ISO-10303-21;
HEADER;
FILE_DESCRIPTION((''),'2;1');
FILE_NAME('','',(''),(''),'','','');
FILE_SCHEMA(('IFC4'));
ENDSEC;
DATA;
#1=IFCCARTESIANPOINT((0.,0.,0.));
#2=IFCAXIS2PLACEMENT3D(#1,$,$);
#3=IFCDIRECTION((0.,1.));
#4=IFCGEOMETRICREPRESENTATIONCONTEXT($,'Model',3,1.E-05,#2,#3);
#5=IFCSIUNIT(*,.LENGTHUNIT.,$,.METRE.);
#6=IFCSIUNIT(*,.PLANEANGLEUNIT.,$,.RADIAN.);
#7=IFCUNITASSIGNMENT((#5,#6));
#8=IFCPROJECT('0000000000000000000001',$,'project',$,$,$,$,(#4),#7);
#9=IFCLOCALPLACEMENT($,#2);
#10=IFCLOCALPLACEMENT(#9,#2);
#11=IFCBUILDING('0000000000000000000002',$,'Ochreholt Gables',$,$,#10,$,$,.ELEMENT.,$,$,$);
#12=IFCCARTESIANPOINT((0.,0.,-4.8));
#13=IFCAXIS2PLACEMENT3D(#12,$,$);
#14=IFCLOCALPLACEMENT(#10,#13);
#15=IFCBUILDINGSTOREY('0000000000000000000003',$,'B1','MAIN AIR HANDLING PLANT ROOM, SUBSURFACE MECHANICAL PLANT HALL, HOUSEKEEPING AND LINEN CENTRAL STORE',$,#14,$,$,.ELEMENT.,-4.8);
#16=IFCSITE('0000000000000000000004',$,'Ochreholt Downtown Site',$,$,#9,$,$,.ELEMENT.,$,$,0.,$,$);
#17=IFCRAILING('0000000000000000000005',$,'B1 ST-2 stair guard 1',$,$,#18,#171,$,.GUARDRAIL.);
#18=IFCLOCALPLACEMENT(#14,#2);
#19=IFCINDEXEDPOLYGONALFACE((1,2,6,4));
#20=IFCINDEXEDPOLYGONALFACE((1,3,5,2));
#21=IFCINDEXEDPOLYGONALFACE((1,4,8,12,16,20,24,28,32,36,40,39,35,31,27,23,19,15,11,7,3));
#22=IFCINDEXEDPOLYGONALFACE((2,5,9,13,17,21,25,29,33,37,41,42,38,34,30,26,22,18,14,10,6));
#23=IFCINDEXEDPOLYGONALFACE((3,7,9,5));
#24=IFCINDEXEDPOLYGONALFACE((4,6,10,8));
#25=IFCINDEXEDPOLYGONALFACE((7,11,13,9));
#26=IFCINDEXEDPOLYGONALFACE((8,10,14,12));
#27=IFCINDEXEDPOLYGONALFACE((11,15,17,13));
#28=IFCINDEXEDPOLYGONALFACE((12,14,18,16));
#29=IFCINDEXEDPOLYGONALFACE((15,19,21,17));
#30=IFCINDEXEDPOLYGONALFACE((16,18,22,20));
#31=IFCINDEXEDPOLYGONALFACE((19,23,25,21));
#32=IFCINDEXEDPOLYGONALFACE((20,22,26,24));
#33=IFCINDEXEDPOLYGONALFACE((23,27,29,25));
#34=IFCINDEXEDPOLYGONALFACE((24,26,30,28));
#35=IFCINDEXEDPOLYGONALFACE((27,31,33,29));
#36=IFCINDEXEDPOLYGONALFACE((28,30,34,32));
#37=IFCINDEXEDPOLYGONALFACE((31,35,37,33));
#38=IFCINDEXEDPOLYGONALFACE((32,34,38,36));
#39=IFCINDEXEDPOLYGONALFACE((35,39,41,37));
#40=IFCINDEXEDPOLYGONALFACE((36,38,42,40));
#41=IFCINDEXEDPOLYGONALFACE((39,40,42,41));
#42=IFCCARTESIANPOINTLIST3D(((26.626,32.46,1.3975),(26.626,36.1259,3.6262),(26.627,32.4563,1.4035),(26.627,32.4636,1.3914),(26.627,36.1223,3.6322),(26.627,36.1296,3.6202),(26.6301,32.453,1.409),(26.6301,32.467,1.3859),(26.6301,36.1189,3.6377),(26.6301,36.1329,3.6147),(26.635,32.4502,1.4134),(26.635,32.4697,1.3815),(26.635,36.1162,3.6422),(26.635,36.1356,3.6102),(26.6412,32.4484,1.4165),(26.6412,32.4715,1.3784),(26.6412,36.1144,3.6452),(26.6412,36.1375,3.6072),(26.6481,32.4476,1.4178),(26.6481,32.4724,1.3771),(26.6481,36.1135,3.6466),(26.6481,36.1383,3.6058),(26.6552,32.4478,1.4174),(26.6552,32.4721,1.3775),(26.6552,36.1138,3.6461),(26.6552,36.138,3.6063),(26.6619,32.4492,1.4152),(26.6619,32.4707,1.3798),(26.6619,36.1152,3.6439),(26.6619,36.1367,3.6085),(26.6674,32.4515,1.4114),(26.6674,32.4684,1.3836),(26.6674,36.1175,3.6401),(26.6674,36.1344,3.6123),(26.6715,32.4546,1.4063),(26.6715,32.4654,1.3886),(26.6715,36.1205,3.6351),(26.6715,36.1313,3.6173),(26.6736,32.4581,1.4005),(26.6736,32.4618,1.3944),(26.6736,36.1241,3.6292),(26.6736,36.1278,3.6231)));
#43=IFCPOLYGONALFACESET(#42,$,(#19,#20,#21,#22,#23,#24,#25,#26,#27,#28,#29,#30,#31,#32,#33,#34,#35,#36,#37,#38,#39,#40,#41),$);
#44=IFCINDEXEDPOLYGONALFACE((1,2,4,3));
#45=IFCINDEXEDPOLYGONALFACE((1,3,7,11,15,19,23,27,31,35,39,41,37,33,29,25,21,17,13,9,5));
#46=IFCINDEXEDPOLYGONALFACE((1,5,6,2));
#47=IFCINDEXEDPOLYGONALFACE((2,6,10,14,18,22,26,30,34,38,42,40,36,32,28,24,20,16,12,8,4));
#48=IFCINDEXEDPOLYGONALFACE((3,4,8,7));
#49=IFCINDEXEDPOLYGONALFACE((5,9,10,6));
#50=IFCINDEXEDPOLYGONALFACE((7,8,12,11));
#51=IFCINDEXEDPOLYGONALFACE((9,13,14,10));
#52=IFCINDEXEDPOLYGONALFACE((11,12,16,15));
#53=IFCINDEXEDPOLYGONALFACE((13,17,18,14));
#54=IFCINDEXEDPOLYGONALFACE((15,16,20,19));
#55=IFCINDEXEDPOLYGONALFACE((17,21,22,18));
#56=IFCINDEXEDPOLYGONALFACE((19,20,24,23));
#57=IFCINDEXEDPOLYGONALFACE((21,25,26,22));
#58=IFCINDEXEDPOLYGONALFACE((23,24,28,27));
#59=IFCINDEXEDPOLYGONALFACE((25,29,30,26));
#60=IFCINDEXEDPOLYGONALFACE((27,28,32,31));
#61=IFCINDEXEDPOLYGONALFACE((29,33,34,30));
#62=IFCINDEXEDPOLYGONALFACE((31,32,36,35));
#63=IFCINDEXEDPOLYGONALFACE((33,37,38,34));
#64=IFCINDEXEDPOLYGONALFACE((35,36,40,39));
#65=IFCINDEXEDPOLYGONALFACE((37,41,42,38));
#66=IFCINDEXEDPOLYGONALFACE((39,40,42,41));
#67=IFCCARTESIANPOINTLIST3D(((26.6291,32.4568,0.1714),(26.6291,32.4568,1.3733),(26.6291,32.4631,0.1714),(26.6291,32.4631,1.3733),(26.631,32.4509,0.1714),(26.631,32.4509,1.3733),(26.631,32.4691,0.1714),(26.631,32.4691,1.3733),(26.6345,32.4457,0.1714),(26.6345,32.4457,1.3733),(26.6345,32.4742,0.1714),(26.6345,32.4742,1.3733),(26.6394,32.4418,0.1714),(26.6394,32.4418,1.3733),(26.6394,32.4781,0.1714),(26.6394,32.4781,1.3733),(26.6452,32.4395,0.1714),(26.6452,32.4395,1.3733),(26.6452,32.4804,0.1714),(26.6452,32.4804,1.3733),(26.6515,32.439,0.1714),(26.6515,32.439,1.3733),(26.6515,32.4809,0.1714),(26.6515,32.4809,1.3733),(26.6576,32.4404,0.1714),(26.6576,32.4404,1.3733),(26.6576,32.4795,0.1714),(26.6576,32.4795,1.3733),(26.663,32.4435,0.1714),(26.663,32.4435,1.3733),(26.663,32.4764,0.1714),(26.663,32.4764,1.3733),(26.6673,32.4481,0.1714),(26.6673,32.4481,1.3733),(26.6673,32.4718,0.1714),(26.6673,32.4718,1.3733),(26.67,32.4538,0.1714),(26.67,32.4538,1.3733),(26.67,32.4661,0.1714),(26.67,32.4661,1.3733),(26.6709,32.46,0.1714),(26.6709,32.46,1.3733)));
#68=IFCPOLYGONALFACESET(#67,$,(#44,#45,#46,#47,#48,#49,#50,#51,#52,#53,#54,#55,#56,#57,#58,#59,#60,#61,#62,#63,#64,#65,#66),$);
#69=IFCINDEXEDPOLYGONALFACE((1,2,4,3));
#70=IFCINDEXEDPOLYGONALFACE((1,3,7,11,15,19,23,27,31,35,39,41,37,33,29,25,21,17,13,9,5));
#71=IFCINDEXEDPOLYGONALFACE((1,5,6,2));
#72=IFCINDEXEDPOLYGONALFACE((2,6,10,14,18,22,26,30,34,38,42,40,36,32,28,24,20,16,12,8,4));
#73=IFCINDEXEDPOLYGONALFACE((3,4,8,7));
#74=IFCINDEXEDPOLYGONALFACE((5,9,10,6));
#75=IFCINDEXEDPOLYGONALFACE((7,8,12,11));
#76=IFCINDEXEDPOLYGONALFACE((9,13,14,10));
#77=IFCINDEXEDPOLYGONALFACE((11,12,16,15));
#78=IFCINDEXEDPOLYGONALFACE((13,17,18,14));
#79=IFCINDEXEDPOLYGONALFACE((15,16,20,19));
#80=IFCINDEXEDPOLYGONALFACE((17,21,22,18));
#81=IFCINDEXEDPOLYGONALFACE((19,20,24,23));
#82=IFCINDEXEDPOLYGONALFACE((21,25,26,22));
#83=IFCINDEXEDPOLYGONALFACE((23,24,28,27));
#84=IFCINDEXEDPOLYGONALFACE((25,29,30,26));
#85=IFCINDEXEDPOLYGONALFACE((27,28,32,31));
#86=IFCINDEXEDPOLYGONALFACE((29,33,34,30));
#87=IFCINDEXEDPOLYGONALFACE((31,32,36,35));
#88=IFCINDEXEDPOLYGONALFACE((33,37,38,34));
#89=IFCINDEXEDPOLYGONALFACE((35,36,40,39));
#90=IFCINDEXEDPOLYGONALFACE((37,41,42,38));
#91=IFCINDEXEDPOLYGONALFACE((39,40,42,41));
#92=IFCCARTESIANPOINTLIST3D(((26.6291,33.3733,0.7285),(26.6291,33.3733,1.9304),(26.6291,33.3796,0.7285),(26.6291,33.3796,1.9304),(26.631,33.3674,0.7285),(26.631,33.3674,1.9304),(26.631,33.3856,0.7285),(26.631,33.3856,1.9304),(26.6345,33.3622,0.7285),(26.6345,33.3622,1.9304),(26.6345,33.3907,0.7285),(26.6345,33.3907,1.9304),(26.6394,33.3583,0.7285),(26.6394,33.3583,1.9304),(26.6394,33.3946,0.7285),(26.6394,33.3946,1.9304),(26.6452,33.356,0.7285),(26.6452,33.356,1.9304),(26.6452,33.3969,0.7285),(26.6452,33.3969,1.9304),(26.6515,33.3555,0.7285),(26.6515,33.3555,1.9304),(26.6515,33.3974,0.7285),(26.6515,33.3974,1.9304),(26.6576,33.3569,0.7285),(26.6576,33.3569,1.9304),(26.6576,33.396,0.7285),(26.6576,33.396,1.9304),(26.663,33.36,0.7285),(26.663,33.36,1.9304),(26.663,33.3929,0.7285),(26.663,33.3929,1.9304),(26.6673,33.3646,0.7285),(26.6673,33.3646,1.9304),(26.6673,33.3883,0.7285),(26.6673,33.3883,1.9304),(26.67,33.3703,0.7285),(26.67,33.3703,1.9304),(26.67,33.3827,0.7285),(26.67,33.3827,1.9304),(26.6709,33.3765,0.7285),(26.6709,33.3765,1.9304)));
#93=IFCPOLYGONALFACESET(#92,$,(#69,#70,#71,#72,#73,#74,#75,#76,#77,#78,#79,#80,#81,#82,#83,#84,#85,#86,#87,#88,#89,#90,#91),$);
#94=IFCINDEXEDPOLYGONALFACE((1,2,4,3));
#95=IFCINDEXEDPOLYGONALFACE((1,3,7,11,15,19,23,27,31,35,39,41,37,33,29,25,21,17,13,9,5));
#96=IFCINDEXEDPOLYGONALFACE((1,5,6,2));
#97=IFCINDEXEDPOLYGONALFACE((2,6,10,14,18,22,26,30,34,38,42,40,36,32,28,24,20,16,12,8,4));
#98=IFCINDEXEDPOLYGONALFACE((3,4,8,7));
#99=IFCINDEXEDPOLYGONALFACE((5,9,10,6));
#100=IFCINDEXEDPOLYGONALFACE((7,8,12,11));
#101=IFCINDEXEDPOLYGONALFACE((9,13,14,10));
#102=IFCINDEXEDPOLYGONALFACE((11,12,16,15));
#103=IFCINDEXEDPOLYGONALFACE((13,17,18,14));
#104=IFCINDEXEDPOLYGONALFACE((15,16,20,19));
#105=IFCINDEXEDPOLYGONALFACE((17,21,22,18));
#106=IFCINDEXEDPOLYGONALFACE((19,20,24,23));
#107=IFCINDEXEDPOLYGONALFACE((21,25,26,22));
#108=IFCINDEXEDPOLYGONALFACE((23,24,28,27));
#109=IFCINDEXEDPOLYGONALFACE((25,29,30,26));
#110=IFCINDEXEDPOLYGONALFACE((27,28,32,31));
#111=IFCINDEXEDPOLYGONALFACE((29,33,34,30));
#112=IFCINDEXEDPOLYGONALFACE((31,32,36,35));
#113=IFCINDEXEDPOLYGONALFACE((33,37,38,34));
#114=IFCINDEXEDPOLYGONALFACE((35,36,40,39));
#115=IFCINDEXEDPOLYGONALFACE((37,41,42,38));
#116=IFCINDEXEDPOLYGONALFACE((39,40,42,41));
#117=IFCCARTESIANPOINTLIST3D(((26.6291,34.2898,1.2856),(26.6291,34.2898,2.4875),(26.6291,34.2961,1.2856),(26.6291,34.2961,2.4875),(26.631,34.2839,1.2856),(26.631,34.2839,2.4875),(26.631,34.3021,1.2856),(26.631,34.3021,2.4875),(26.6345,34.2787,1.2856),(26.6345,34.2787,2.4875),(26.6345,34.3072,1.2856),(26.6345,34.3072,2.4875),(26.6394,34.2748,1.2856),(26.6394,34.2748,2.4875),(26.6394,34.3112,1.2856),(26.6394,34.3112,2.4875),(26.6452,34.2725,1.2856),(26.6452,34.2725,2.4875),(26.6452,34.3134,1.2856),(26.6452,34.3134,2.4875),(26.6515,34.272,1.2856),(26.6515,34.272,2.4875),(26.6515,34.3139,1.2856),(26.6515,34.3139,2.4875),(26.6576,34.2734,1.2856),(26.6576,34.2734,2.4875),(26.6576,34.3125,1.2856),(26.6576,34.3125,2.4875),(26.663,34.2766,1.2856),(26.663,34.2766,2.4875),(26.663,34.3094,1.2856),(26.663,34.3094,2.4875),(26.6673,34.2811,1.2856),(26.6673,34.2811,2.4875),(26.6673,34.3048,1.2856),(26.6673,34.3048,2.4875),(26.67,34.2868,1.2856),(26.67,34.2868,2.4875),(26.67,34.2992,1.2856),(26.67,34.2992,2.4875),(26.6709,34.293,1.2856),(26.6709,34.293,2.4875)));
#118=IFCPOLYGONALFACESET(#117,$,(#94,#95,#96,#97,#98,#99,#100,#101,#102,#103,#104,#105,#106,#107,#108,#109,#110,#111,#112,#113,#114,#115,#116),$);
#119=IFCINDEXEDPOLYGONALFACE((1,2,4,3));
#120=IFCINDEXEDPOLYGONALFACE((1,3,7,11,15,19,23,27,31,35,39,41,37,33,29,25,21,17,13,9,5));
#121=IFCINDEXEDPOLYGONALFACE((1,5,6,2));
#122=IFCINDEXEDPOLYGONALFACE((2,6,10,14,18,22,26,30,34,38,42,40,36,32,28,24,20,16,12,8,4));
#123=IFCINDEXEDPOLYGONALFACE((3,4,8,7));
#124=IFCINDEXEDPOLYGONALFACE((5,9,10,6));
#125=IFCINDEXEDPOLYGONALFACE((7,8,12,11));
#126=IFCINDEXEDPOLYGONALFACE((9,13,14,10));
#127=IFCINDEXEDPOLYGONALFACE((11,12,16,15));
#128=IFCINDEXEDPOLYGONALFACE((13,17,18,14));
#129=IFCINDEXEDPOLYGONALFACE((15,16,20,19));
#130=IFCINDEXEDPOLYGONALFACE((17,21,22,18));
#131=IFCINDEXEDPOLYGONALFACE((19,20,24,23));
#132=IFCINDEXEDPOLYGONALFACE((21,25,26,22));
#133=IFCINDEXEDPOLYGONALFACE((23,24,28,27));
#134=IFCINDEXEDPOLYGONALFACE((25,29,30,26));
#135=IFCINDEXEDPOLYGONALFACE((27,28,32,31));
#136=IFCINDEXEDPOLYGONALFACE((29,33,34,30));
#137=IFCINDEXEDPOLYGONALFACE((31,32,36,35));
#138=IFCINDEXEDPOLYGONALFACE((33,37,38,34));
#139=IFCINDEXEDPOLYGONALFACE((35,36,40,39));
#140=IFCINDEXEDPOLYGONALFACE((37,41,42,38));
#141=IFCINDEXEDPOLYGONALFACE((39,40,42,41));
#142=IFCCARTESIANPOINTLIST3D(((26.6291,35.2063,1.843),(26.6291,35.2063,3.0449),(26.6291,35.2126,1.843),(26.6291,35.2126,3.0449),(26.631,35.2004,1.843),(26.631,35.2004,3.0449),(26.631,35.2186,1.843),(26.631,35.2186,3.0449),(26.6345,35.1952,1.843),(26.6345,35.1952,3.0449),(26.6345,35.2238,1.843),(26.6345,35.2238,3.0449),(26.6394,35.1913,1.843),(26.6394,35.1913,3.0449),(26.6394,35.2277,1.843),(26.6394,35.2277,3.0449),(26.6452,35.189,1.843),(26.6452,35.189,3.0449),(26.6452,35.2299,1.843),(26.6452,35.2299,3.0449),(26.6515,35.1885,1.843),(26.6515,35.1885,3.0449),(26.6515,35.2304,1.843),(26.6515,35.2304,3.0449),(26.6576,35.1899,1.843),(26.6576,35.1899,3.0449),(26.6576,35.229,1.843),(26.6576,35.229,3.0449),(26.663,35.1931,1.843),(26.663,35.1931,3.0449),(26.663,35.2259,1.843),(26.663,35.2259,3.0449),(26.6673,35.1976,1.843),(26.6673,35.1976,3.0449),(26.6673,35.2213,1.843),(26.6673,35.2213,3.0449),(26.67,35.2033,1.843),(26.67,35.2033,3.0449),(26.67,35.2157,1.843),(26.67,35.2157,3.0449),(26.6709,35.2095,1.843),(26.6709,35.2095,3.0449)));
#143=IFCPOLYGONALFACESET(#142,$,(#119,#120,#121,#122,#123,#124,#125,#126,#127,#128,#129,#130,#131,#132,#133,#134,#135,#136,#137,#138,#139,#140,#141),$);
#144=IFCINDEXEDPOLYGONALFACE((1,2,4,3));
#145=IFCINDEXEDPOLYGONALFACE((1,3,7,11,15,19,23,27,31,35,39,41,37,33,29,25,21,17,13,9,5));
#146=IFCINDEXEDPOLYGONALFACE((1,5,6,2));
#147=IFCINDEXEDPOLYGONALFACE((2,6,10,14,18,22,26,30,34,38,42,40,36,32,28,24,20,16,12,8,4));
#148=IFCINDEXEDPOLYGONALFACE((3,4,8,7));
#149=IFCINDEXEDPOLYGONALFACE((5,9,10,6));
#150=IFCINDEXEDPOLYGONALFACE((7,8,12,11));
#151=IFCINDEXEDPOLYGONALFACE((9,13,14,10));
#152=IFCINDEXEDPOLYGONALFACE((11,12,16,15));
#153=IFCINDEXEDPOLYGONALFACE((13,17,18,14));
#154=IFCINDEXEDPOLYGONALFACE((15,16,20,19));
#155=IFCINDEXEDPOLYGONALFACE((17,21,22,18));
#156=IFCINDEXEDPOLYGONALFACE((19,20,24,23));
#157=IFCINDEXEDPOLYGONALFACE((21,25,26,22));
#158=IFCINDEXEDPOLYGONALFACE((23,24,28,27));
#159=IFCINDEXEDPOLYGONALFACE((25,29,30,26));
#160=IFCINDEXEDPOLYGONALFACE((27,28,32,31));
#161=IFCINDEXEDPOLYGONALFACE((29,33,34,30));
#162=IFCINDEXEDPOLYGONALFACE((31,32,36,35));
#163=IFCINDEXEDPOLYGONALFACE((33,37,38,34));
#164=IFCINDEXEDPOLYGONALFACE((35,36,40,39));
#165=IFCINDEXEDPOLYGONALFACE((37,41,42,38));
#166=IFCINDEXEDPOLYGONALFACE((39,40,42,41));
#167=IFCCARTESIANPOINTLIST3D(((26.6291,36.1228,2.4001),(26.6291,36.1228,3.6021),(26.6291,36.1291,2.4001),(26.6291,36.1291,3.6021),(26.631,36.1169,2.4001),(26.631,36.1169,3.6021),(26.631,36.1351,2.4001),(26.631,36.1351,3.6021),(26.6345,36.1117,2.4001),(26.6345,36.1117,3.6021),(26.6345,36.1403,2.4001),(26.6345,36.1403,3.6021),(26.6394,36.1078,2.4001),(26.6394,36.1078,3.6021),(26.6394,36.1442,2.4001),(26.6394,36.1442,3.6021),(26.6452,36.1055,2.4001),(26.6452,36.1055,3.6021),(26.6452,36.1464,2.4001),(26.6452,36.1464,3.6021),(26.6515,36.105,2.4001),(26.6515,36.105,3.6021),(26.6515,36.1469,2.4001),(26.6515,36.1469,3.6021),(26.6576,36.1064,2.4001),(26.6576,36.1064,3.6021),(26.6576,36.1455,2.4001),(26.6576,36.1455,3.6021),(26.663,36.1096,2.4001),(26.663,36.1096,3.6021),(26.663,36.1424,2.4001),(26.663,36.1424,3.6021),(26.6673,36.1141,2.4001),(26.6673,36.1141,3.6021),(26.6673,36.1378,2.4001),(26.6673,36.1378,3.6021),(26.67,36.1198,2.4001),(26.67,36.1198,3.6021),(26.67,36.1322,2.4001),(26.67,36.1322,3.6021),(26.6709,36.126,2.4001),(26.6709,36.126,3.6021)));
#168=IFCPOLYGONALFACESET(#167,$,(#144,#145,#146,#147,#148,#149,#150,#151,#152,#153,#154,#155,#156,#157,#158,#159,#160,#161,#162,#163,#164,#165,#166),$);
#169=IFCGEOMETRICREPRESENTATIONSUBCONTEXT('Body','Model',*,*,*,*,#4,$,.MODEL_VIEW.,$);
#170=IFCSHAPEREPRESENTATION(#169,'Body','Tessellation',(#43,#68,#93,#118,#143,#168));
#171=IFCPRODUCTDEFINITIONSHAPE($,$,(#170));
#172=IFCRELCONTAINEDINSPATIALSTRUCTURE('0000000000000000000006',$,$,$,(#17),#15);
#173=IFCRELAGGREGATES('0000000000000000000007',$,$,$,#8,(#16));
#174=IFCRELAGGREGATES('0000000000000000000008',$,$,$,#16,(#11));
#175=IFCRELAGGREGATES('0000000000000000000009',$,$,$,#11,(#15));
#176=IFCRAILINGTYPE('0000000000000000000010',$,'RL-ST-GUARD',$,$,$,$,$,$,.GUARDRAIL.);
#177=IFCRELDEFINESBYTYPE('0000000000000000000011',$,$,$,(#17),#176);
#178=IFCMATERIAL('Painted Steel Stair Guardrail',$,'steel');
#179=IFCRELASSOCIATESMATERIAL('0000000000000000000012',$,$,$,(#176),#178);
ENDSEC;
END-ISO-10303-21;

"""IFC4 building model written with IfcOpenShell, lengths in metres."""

from ifc_helpers import new_model, si_unit, direction, frame, origin, origin_2d, place, context, subcontext, project, spatial, circle, extrude, material, type_object, element, save


model = new_model("IFC4")

# Units and contexts
model_context = context("Model", 3, precision=1e-05, world=origin(), true_north=direction((0.0, 1.0)))
body_context = subcontext(model_context, "Body", "Model", "MODEL_VIEW")
ifc_project = project(units=[si_unit("LENGTHUNIT", "METRE"), si_unit("PLANEANGLEUNIT", "RADIAN")], contexts=[model_context])

# Site, building, storey
site_placement = place(None, origin())
site = spatial("IfcSite", under=ifc_project, at=site_placement, Name="Ochreholt Downtown Site", CompositionType="ELEMENT", RefElevation=0.0)
building_placement = place(site_placement, origin())
building = spatial("IfcBuilding", under=site, at=building_placement, Name="Ochreholt Gables", CompositionType="ELEMENT")
storey_placement = place(building_placement, frame((0.0, 0.0, -4.8)))
storey = spatial("IfcBuildingStorey", under=building, at=storey_placement, Name="B1", Description="MAIN AIR HANDLING PLANT ROOM, SUBSURFACE MECHANICAL PLANT HALL, HOUSEKEEPING AND LINEN CENTRAL STORE", CompositionType="ELEMENT", Elevation=-4.8)

# Railing
ifc_material_1 = material(Name="Painted Steel Stair Guardrail", Category="steel")
railing_type_1 = type_object("IfcRailingType", Name="RL-ST-GUARD", PredefinedType="GUARDRAIL", material=ifc_material_1)
railing_1_placement = place(storey_placement, frame((26.6499, 32.46, 0.1714)))
element("IfcRailing", 1, at=railing_1_placement, inside=storey, type_object=railing_type_1, Name="B1 ST-2 stair guard 1", PredefinedType="GUARDRAIL", context=body_context, shape_type="SweptSolid", body=[
    extrude(circle(Radius=0.0239, at=origin_2d()), frame((0.0, 0.0, 1.2261), z_axis=(0.0, 0.854481, 0.519483), x_axis=(-1.0, 0.0, 0.0)), (0.0, 0.0, 1.0), 4.2903),
    extrude(circle(Radius=0.021, at=origin_2d()), origin(), (0.0, 0.0, 1.0), 1.2019),
    extrude(circle(Radius=0.021, at=origin_2d()), frame((0.0, 0.9165, 0.5571)), (0.0, 0.0, 1.0), 1.2019),
    extrude(circle(Radius=0.021, at=origin_2d()), frame((0.0, 1.833, 1.1143)), (0.0, 0.0, 1.0), 1.2019),
    extrude(circle(Radius=0.021, at=origin_2d()), frame((0.0, 2.7495, 1.6716)), (0.0, 0.0, 1.0), 1.2019),
    extrude(circle(Radius=0.021, at=origin_2d()), frame((0.0, 3.666, 2.2288)), (0.0, 0.0, 1.0), 1.2019),
])

save(model, "model.ifc")
